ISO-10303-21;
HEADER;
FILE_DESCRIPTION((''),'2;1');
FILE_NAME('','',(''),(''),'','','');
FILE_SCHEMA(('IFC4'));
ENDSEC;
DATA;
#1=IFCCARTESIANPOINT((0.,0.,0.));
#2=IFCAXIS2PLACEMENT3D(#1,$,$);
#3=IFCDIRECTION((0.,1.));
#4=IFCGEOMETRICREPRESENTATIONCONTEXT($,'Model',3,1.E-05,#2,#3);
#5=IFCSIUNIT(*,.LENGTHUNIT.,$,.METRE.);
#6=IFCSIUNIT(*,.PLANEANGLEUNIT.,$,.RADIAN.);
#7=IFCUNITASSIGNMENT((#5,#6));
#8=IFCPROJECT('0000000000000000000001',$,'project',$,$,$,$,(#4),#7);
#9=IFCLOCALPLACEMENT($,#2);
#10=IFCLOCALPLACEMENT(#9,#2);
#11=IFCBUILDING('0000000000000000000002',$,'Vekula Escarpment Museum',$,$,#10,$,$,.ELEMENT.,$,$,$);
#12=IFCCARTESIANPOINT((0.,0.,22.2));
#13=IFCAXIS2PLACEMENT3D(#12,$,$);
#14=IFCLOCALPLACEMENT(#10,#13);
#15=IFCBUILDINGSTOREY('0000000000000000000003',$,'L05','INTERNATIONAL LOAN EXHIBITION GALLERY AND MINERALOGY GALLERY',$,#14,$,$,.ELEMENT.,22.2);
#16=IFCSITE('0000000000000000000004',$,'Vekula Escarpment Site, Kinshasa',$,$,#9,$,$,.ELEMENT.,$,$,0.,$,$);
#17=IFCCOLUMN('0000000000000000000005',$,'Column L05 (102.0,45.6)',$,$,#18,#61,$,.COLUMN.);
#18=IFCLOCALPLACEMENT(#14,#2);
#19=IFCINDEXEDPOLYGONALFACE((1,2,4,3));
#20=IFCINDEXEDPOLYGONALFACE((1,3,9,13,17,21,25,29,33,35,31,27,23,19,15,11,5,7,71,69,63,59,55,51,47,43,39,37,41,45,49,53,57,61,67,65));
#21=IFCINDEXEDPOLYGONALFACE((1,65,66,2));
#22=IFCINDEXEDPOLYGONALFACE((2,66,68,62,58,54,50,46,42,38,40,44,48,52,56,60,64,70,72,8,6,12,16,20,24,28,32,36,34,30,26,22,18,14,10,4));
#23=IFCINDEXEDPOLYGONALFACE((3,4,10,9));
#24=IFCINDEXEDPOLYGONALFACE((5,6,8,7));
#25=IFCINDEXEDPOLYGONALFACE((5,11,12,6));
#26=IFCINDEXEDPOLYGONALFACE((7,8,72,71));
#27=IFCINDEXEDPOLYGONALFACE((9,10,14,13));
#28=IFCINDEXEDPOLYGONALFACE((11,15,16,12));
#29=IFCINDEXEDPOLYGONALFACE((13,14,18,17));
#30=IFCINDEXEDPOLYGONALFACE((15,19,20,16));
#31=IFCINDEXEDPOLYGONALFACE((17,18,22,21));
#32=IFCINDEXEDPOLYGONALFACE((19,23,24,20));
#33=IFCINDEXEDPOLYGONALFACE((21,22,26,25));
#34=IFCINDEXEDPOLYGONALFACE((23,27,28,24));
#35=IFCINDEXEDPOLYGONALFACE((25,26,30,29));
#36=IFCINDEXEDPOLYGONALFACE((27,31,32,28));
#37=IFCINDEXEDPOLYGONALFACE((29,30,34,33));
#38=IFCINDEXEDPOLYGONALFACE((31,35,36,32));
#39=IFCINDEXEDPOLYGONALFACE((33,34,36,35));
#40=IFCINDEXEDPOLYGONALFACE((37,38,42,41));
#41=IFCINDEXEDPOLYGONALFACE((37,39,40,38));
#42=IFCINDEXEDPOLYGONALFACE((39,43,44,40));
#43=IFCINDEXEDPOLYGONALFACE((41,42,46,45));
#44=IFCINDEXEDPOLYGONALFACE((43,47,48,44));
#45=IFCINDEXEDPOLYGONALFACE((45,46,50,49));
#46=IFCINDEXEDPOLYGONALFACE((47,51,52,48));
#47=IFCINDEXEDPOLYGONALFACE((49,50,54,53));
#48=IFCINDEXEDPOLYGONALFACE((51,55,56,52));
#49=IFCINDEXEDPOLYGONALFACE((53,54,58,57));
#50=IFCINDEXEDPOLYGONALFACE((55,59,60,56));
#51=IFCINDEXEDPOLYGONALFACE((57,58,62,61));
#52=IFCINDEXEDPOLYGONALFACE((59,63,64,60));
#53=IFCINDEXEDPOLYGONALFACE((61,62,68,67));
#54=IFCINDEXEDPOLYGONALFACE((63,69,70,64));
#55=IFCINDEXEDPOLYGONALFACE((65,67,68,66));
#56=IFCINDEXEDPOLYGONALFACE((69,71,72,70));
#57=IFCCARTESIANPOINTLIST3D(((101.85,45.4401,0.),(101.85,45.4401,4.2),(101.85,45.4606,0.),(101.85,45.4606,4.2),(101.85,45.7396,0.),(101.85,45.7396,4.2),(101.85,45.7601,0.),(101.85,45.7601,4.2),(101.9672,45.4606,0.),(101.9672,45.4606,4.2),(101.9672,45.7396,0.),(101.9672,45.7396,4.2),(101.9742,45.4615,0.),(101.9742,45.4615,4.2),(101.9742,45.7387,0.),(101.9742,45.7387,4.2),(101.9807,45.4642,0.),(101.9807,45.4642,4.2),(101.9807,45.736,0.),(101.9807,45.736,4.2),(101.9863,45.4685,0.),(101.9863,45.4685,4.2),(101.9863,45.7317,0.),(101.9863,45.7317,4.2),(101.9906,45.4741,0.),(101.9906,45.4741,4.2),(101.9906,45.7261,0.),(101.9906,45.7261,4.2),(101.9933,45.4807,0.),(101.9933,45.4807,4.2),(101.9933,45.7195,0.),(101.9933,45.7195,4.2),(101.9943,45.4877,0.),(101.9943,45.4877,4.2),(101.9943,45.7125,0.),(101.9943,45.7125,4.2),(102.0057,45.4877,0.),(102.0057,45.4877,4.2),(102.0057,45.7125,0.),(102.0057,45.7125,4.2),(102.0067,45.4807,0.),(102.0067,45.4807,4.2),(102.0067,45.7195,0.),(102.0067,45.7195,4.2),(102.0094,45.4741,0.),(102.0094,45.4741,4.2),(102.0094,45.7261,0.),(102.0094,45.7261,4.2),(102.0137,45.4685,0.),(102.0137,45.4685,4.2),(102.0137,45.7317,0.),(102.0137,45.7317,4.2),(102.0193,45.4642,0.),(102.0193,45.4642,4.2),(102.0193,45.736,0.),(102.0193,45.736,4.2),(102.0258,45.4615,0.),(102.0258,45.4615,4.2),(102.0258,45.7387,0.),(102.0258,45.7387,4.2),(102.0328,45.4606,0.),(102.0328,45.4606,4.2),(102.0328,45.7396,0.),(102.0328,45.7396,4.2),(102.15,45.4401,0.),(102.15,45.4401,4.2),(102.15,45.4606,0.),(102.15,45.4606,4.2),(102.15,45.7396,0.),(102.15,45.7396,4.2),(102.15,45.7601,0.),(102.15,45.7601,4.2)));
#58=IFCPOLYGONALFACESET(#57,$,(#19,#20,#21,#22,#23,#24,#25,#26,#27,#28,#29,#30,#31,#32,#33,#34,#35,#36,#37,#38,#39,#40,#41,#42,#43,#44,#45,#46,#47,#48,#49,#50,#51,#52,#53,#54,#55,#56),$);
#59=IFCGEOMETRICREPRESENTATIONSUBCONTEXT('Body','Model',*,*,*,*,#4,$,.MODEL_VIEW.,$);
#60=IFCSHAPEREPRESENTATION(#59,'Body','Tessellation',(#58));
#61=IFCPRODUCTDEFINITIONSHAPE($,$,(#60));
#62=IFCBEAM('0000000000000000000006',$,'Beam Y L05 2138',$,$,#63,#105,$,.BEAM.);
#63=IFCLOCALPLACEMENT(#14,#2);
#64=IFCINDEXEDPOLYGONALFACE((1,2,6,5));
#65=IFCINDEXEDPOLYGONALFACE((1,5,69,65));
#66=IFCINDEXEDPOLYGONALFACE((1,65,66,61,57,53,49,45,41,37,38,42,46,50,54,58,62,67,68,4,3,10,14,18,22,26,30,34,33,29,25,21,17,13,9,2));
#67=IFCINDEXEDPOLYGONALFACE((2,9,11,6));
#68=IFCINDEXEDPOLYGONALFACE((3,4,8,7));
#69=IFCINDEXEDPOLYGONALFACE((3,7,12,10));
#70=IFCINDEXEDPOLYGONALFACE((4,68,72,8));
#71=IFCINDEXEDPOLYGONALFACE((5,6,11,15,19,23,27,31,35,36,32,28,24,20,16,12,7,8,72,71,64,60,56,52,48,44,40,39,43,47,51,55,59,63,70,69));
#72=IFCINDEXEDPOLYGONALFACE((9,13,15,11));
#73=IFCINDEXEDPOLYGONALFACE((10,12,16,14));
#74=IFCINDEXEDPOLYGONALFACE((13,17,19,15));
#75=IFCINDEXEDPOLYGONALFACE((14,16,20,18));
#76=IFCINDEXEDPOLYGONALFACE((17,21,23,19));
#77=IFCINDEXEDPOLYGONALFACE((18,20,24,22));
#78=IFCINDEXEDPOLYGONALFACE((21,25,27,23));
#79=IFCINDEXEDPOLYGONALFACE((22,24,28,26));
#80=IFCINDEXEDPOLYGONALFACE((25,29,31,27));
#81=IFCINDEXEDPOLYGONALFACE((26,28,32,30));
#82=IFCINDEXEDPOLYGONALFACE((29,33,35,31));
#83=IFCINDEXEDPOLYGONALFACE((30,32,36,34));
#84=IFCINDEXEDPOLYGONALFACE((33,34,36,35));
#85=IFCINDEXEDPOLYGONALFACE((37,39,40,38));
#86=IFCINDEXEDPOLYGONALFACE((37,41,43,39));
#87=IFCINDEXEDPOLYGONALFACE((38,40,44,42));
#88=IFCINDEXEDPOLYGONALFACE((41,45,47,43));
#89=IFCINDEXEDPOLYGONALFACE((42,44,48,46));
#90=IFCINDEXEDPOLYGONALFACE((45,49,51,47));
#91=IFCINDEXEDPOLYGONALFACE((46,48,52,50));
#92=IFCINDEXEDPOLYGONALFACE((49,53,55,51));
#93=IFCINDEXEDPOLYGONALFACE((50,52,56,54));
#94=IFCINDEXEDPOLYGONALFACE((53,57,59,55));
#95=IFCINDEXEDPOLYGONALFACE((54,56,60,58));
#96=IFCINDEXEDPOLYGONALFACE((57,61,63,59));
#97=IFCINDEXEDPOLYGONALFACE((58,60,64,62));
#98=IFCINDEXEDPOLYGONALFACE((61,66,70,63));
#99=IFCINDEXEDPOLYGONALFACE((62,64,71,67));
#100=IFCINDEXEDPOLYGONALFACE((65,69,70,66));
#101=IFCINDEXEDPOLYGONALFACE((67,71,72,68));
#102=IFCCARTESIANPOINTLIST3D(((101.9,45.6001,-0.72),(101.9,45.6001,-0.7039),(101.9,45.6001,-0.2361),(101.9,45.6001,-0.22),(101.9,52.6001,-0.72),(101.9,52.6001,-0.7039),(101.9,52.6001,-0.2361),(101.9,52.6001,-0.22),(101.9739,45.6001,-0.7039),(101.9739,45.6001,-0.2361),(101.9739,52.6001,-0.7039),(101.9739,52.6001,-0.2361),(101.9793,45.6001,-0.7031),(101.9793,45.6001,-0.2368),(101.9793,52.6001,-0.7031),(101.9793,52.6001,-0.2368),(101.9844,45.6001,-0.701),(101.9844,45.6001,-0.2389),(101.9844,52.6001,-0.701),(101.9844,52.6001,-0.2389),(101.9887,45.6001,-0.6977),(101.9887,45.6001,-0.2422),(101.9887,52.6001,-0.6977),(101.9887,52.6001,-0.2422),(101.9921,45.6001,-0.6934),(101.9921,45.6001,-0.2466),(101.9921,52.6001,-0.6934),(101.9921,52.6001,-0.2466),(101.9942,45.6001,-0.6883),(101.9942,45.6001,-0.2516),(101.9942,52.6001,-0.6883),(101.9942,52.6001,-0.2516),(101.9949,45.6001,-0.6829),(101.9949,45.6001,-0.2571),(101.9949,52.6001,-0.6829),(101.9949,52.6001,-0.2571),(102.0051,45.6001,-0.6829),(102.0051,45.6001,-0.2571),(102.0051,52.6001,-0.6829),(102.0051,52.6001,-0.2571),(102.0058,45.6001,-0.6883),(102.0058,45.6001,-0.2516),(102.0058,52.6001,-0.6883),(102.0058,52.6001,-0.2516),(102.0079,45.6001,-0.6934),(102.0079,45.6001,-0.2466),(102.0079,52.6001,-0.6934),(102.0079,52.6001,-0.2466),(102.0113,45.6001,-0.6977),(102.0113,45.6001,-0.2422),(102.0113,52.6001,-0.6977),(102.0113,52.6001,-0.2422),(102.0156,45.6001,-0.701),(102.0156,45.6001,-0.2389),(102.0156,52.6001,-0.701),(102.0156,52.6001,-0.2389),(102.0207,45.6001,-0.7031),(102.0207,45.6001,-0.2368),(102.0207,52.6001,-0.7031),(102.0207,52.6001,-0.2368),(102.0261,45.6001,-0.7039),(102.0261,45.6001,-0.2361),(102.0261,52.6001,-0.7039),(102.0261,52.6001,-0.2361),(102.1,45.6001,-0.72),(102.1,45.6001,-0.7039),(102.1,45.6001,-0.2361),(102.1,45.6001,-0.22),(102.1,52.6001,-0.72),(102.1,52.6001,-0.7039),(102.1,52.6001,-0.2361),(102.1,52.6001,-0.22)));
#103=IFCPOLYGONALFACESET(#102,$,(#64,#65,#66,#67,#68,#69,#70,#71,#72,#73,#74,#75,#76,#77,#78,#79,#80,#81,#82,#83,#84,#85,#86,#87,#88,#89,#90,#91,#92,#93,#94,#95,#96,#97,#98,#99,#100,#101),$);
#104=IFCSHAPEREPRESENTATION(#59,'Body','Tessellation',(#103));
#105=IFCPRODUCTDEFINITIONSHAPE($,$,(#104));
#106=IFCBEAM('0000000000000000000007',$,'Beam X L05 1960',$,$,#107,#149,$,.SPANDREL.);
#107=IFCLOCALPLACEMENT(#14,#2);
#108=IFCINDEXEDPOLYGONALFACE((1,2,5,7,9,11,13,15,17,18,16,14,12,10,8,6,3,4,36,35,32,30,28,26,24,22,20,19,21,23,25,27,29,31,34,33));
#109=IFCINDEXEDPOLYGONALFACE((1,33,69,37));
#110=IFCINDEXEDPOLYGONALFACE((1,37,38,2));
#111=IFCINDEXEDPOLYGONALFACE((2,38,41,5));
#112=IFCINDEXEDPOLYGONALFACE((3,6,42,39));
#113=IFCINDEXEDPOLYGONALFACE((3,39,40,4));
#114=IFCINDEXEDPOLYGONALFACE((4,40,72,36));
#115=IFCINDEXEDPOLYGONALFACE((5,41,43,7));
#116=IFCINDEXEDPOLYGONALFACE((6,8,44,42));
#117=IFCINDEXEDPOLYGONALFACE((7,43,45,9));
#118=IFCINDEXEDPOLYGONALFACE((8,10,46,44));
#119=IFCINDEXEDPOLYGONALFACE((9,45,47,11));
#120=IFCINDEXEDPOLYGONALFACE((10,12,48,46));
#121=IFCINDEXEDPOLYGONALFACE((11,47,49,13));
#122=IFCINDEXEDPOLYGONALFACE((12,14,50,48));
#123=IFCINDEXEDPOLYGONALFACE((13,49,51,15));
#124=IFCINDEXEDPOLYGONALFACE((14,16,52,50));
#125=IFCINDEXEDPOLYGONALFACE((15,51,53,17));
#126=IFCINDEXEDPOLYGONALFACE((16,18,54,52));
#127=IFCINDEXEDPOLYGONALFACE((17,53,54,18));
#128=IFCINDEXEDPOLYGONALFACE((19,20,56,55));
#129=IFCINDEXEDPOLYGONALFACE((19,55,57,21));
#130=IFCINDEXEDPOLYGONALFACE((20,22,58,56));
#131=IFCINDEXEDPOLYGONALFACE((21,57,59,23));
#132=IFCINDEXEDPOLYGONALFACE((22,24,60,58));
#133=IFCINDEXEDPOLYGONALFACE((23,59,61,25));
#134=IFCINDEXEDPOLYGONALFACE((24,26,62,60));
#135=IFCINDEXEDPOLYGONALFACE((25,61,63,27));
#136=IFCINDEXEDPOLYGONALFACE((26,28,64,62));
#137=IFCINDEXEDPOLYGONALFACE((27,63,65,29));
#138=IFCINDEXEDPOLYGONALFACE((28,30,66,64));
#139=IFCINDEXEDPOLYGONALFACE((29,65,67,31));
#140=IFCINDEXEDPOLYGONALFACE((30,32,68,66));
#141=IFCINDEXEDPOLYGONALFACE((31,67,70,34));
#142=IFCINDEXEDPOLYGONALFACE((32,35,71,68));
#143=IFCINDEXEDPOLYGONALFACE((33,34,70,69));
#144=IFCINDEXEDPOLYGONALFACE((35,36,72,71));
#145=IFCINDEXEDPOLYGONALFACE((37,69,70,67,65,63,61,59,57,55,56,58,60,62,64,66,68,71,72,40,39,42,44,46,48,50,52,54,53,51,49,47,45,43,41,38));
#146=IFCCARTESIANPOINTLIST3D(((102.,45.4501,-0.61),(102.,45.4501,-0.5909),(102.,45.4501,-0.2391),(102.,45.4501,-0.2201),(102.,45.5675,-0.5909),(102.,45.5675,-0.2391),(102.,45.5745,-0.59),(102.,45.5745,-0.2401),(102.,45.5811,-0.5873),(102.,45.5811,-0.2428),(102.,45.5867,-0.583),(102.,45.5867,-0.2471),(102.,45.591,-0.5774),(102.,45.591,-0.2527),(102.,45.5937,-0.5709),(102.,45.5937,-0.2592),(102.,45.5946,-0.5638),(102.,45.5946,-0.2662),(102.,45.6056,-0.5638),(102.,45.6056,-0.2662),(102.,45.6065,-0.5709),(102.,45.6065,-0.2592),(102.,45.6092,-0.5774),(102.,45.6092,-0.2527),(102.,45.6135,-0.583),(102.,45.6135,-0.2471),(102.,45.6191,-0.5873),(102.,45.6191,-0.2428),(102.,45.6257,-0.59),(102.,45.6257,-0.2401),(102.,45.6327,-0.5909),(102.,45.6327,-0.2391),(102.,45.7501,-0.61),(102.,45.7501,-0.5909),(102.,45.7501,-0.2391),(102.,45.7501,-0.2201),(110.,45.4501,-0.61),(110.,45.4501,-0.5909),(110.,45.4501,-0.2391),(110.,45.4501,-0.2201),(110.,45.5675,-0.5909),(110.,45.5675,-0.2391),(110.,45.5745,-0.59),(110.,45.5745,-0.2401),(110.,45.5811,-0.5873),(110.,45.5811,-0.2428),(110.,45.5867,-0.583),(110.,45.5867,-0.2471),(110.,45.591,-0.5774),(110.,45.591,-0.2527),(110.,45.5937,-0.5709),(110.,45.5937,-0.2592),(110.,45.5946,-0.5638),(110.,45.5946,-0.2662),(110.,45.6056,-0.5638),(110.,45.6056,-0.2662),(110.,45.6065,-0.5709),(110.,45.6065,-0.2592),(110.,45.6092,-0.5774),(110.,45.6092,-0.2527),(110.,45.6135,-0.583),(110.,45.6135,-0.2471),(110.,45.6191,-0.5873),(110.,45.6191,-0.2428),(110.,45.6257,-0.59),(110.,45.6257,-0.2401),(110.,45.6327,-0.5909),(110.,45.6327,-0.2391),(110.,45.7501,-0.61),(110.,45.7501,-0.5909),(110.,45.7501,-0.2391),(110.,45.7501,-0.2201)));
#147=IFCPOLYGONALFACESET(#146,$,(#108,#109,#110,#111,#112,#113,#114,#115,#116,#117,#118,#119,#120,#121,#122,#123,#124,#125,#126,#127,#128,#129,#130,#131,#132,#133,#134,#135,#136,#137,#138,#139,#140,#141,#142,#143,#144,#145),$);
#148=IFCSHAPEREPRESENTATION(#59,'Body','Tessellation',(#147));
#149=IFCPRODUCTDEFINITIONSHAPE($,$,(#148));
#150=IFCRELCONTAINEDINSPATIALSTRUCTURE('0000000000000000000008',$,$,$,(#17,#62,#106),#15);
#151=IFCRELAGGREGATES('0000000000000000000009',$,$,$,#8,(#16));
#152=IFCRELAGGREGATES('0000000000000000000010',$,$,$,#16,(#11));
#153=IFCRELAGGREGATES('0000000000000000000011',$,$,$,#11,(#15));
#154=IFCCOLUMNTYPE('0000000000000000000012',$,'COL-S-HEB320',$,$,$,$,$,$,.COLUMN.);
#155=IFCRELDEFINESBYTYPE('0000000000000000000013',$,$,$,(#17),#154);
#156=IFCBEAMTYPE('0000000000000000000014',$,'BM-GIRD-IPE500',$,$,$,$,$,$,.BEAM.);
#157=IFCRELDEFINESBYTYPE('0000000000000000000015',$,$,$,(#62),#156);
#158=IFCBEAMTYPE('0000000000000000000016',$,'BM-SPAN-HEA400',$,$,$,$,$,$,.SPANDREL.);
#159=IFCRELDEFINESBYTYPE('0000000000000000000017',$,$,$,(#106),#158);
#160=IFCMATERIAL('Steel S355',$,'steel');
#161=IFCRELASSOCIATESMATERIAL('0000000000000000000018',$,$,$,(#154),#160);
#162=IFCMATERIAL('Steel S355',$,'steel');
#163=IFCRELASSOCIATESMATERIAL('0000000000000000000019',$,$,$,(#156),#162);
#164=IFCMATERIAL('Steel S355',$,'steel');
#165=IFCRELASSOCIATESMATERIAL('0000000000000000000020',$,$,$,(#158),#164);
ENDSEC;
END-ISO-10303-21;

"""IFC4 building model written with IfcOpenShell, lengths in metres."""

from ifc_helpers import new_model, si_unit, direction, frame, origin, origin_2d, place, context, subcontext, project, spatial, i_section, extrude, material, material_profile, profile_set, type_object, element, save


model = new_model("IFC4")

# Units and contexts
model_context = context("Model", 3, precision=1e-05, world=origin(), true_north=direction((0.0, 1.0)))
body_context = subcontext(model_context, "Body", "Model", "MODEL_VIEW")
ifc_project = project(units=[si_unit("LENGTHUNIT", "METRE"), si_unit("PLANEANGLEUNIT", "RADIAN")], contexts=[model_context])

# Site, building, storey
site_placement = place(None, origin())
site = spatial("IfcSite", under=ifc_project, at=site_placement, Name="Vekula Escarpment Site, Kinshasa", CompositionType="ELEMENT", RefElevation=0.0)
building_placement = place(site_placement, origin())
building = spatial("IfcBuilding", under=site, at=building_placement, Name="Vekula Escarpment Museum", CompositionType="ELEMENT")
storey_placement = place(building_placement, frame((0.0, 0.0, 22.2)))
storey = spatial("IfcBuildingStorey", under=building, at=storey_placement, Name="L05", Description="INTERNATIONAL LOAN EXHIBITION GALLERY AND MINERALOGY GALLERY", CompositionType="ELEMENT", Elevation=22.2)

# Column
ifc_material_1 = material(Name="Steel S355", Category="steel")
ifc_material_profile_1 = material_profile(ifc_material_1, i_section(OverallWidth=0.3, OverallDepth=0.3201, WebThickness=0.0115, FlangeThickness=0.0205, FilletRadius=0.0271, at=origin_2d()), Name="HEB 320")
ifc_profile_set_1 = profile_set([ifc_material_profile_1], Name="Steel S355")
column_type = type_object("IfcColumnType", Name="COL-S-HEB320", PredefinedType="COLUMN", material=ifc_profile_set_1)
column_placement = place(storey_placement, frame((102.0, 45.6001, 0.0), z_axis=(0.0, 0.0, 1.0), x_axis=(1.0, 0.0, 0.0)))
element("IfcColumn", 1, at=column_placement, inside=storey, type_object=column_type, Name="Column L05 (102.0,45.6)", PredefinedType="COLUMN", context=body_context, shape_type="SweptSolid", body=[
    extrude(i_section(OverallWidth=0.3, OverallDepth=0.3201, WebThickness=0.0115, FlangeThickness=0.0205, FilletRadius=0.0271, at=origin_2d()), origin(), (0.0, 0.0, 1.0), 4.2),
])

# Beams
ifc_material_2 = material(Name="Steel S355", Category="steel")
ifc_material_profile_2 = material_profile(ifc_material_2, i_section(OverallWidth=0.2, OverallDepth=0.5, WebThickness=0.0103, FlangeThickness=0.0161, FilletRadius=0.021, at=origin_2d()), Name="IPE 500")
ifc_profile_set_2 = profile_set([ifc_material_profile_2], Name="Steel S355")
beam_type_1 = type_object("IfcBeamType", Name="BM-GIRD-IPE500", PredefinedType="BEAM", material=ifc_profile_set_2)
beam_1_placement = place(storey_placement, frame((102.0, 45.6001, -0.47), z_axis=(0.0, 1.0, 0.0), x_axis=(-1.0, 0.0, 0.0)))
element("IfcBeam", 2, at=beam_1_placement, inside=storey, type_object=beam_type_1, Name="Beam Y L05 2138", PredefinedType="BEAM", context=body_context, shape_type="SweptSolid", body=[
    extrude(i_section(OverallWidth=0.2, OverallDepth=0.5, WebThickness=0.0103, FlangeThickness=0.0161, FilletRadius=0.021, at=origin_2d()), origin(), (0.0, 0.0, 1.0), 7.0),
])
ifc_material_3 = material(Name="Steel S355", Category="steel")
ifc_material_profile_3 = material_profile(ifc_material_3, i_section(OverallWidth=0.3, OverallDepth=0.3899, WebThickness=0.011, FlangeThickness=0.019, FilletRadius=0.0271, at=origin_2d()), Name="HEA 400")
ifc_profile_set_3 = profile_set([ifc_material_profile_3], Name="Steel S355")
beam_type_2 = type_object("IfcBeamType", Name="BM-SPAN-HEA400", PredefinedType="SPANDREL", material=ifc_profile_set_3)
beam_2_placement = place(storey_placement, frame((102.0, 45.6001, -0.415), z_axis=(1.0, 0.0, 0.0), x_axis=(0.0, 1.0, 0.0)))
element("IfcBeam", 3, at=beam_2_placement, inside=storey, type_object=beam_type_2, Name="Beam X L05 1960", PredefinedType="SPANDREL", context=body_context, shape_type="SweptSolid", body=[
    extrude(i_section(OverallWidth=0.3, OverallDepth=0.3899, WebThickness=0.011, FlangeThickness=0.019, FilletRadius=0.0271, at=origin_2d()), origin(), (0.0, 0.0, 1.0), 8.0),
])

save(model, "model.ifc")
